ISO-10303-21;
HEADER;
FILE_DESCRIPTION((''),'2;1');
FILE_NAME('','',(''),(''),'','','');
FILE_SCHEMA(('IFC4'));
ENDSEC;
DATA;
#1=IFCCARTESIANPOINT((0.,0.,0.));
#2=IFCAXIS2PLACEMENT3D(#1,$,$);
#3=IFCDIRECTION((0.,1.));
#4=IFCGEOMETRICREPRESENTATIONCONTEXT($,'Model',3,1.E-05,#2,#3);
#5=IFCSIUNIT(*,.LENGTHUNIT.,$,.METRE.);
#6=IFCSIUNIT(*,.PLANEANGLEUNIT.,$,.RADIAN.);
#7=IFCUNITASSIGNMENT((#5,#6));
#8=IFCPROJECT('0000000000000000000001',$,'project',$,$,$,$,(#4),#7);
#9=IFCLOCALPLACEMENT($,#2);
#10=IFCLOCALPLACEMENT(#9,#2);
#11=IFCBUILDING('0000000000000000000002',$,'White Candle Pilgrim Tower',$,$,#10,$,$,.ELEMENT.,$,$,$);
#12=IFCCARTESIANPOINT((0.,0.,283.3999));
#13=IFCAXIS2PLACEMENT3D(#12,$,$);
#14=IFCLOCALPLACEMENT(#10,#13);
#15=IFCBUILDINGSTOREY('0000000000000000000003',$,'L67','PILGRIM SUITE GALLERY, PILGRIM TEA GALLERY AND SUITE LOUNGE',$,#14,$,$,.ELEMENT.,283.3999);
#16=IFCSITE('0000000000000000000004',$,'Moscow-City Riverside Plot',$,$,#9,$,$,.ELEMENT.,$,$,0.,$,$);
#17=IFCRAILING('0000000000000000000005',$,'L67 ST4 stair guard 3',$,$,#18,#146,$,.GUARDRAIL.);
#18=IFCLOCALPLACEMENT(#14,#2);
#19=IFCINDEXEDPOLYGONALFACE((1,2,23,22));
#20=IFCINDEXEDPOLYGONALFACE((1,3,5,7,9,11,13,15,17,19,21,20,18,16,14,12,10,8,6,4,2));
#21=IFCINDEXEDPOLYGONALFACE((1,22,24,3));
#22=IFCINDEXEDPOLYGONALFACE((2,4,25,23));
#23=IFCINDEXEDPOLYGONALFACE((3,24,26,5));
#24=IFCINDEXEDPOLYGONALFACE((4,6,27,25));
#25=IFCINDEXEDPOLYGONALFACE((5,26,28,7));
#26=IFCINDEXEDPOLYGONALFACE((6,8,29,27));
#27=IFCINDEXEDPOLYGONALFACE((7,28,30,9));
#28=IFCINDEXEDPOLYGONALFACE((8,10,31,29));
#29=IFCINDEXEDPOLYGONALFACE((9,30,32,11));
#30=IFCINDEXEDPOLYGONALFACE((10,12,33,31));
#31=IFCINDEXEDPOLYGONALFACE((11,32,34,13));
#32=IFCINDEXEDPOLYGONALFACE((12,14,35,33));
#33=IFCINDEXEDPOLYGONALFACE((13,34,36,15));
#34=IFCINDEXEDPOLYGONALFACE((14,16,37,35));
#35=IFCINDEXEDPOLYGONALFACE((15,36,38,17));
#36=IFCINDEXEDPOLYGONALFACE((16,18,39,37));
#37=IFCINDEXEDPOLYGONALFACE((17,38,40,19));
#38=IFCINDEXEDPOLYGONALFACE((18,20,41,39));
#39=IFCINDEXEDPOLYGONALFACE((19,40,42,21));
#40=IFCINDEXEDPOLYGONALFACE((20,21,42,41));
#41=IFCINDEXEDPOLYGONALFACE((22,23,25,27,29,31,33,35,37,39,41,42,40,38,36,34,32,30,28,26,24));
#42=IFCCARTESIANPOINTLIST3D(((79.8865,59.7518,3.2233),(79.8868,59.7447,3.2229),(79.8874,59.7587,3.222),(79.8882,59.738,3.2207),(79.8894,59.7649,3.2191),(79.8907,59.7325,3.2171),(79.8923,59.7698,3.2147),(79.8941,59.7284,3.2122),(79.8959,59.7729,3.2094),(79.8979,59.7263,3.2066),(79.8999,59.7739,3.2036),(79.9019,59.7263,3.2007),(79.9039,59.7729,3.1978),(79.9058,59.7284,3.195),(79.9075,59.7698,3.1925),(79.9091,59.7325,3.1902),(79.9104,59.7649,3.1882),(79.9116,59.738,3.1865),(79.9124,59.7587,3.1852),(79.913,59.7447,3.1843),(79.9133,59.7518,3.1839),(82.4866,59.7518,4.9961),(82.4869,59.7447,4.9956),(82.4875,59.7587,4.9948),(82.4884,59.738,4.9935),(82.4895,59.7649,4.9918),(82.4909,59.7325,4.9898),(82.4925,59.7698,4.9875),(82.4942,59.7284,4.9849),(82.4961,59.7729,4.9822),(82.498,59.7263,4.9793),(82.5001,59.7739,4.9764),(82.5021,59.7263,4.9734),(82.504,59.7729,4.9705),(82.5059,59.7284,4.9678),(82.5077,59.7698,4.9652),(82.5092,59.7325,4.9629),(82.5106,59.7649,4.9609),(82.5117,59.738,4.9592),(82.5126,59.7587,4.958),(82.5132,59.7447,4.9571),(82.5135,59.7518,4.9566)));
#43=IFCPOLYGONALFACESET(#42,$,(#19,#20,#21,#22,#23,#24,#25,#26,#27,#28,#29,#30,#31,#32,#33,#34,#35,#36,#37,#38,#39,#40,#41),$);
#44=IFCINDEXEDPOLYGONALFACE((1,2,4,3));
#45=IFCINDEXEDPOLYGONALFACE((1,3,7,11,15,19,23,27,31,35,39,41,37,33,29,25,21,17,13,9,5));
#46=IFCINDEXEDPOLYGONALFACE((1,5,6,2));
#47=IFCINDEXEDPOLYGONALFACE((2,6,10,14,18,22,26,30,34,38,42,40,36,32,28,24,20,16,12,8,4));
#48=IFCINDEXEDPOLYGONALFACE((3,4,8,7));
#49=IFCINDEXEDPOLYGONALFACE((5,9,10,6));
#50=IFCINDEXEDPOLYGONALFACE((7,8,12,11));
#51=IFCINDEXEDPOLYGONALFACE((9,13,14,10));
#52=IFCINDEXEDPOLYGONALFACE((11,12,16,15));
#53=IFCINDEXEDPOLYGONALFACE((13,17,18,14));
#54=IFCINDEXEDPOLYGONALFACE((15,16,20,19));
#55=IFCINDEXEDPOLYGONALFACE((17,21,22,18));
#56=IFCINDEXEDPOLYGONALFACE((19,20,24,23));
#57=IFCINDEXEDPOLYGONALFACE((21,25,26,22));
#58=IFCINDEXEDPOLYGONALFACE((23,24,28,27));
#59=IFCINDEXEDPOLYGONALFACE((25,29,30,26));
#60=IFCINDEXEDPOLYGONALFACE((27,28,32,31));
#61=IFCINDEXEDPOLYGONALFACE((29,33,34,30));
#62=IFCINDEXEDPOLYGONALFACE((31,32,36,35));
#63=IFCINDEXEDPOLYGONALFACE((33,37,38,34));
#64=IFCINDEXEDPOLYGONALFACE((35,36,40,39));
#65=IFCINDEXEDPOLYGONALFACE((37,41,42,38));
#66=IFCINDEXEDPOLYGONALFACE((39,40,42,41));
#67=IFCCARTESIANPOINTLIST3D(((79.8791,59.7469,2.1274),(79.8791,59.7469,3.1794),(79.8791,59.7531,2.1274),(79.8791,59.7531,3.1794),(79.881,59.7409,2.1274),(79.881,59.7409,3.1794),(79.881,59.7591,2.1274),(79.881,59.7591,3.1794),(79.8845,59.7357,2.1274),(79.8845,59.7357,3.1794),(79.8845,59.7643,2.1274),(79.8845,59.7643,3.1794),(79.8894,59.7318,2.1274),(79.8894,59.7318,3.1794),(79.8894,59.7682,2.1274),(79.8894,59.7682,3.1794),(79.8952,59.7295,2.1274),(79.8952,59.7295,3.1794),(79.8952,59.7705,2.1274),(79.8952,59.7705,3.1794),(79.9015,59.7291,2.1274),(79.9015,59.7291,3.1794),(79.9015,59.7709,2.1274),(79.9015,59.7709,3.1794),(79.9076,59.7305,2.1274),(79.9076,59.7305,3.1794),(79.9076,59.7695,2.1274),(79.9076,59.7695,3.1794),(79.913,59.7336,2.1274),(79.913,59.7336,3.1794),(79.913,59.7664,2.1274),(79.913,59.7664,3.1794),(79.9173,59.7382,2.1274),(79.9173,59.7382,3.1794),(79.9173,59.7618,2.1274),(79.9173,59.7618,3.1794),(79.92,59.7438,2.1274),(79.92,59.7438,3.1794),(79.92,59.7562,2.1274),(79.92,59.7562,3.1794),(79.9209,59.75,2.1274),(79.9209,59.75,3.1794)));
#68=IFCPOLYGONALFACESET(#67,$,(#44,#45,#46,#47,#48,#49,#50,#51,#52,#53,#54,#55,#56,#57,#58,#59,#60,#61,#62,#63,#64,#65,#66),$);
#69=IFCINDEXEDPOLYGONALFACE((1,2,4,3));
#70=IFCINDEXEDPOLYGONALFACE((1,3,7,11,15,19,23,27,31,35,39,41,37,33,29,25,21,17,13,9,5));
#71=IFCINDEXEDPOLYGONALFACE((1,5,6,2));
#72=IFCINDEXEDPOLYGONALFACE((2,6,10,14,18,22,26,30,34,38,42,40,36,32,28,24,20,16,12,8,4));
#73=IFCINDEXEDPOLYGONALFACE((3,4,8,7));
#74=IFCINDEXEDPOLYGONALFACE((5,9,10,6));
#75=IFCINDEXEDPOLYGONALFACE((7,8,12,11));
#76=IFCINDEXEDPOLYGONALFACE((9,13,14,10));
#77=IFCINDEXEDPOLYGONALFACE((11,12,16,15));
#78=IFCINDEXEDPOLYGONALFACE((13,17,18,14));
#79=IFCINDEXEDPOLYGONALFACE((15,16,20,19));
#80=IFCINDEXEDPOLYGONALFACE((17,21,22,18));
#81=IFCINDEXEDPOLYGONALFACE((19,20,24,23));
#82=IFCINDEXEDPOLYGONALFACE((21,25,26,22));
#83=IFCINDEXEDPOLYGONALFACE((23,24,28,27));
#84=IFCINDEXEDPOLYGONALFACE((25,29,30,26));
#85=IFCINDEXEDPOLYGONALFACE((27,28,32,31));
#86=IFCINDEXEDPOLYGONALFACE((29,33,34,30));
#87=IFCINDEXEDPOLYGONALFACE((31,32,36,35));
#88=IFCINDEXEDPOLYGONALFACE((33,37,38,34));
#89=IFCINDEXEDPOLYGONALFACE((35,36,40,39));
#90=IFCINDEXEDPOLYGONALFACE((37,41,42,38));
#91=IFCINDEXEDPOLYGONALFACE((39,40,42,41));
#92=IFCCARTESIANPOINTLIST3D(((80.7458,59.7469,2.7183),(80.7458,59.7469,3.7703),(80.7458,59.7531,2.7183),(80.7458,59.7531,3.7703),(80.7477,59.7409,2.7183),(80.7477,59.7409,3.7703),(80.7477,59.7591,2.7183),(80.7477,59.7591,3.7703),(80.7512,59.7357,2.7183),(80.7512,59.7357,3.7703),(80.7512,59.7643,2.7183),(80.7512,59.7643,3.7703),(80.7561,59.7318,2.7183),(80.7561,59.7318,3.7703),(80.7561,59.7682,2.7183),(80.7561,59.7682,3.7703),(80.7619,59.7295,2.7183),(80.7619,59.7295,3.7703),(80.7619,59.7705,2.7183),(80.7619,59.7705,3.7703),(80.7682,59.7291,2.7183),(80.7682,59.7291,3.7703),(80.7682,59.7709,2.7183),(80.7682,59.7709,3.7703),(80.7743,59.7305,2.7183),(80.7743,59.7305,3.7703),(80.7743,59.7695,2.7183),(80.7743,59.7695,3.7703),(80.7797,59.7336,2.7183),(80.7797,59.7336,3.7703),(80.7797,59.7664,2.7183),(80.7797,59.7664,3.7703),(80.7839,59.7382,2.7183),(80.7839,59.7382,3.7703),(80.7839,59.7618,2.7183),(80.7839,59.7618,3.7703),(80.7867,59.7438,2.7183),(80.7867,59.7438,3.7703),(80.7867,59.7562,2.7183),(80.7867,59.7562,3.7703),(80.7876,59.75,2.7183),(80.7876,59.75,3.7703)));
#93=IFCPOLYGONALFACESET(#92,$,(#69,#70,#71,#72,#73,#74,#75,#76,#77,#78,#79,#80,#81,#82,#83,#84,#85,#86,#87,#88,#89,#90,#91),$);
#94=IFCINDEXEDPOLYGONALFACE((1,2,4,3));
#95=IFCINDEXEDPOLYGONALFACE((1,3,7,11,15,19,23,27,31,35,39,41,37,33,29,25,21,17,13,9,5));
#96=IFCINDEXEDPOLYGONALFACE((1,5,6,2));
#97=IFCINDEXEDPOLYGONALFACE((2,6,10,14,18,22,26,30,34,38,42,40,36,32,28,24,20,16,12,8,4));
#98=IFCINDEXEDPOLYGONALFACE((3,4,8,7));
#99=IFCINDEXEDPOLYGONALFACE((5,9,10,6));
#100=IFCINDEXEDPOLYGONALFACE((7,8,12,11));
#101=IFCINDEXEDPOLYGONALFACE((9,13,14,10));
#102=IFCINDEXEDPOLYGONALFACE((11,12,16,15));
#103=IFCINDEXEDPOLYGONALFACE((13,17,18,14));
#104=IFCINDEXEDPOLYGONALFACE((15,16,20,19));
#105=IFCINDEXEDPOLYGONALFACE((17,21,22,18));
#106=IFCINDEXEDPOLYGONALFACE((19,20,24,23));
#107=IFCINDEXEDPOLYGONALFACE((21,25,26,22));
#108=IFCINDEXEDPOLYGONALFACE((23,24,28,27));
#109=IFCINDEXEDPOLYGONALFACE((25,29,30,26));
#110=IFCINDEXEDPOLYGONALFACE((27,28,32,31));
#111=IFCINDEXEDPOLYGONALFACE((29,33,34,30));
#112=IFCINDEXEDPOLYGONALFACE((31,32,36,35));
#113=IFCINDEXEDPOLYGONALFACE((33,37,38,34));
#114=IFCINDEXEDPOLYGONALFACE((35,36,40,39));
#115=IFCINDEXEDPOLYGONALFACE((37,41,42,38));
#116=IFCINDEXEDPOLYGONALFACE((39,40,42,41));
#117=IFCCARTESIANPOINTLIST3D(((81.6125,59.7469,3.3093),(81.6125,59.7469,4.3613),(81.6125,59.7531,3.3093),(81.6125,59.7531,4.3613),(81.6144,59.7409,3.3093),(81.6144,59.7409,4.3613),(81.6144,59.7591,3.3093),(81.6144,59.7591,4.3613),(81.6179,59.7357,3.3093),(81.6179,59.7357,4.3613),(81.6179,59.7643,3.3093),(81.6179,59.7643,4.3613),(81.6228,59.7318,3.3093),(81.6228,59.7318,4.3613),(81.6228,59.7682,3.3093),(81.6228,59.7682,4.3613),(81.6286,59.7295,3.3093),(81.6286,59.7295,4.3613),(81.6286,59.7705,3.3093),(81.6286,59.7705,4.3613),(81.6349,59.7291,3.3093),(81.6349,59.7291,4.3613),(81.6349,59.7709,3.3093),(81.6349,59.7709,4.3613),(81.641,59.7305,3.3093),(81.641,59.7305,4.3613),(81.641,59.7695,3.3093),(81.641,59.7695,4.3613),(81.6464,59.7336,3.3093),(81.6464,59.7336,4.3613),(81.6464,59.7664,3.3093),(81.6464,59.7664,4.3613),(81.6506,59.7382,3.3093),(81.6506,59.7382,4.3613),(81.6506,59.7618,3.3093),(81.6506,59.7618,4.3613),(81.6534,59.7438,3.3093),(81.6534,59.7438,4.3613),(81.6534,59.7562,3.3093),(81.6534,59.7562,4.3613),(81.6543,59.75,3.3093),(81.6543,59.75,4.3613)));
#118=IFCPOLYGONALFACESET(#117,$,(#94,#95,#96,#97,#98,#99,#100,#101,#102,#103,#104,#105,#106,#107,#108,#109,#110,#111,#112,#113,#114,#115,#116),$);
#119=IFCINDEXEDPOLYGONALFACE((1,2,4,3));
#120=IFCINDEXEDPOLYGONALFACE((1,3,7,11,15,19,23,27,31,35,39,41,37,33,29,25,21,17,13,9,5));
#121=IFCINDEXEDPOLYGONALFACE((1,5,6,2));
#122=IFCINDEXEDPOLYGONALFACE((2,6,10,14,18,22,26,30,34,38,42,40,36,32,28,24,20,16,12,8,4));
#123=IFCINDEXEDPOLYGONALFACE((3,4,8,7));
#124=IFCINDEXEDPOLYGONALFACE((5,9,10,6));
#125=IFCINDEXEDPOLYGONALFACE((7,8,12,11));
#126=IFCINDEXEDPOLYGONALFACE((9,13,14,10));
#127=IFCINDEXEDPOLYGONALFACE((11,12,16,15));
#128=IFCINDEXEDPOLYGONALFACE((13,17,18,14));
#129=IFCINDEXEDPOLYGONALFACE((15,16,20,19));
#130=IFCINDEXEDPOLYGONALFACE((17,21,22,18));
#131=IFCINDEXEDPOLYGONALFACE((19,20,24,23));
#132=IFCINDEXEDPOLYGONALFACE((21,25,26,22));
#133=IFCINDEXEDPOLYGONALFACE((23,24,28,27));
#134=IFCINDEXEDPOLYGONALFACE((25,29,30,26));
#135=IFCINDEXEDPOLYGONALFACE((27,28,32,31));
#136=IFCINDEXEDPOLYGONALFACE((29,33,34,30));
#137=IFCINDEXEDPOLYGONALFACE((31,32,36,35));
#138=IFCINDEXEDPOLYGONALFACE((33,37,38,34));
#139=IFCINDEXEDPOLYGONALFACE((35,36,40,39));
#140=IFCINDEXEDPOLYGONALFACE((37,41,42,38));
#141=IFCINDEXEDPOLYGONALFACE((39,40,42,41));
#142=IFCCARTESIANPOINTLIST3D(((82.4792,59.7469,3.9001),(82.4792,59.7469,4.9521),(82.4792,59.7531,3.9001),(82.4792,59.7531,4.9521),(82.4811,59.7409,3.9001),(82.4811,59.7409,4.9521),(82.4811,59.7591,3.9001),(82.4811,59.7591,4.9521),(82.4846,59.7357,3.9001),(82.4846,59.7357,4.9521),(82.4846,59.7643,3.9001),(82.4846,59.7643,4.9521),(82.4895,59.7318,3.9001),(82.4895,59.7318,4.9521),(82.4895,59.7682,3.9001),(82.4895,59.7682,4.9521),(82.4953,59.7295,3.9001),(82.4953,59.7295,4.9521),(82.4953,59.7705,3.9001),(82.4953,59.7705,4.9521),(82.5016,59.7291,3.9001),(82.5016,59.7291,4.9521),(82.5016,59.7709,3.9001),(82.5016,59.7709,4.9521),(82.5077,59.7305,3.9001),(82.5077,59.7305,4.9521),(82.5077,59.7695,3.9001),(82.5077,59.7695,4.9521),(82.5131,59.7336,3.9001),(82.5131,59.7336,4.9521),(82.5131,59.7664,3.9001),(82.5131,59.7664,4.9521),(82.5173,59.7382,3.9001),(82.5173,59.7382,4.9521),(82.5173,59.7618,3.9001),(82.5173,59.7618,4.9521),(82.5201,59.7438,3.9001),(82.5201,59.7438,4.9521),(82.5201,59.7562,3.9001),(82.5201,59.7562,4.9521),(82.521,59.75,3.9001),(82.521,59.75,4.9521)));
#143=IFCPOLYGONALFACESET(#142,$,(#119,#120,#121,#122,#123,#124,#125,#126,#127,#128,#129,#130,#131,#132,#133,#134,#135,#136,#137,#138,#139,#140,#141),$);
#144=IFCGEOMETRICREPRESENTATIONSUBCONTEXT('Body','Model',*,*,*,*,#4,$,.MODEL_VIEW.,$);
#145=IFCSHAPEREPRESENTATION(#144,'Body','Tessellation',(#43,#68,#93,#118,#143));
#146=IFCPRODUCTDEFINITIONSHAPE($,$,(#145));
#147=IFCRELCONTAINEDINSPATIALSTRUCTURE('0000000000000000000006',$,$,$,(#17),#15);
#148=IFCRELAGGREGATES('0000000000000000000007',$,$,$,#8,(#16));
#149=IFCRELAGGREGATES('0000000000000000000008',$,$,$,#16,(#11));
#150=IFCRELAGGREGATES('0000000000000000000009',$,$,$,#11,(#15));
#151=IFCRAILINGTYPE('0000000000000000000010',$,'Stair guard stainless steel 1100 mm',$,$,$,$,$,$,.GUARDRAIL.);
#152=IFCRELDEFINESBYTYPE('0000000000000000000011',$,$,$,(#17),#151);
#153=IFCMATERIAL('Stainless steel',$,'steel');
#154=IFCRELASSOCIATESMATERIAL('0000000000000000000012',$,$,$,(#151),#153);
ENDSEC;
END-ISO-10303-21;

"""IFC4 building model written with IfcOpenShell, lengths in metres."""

from ifc_helpers import new_model, si_unit, direction, frame, origin, origin_2d, place, context, subcontext, project, spatial, circle, extrude, material, type_object, element, save


model = new_model("IFC4")

# Units and contexts
model_context = context("Model", 3, precision=1e-05, world=origin(), true_north=direction((0.0, 1.0)))
body_context = subcontext(model_context, "Body", "Model", "MODEL_VIEW")
ifc_project = project(units=[si_unit("LENGTHUNIT", "METRE"), si_unit("PLANEANGLEUNIT", "RADIAN")], contexts=[model_context])

# Site, building, storey
site_placement = place(None, origin())
site = spatial("IfcSite", under=ifc_project, at=site_placement, Name="Moscow-City Riverside Plot", CompositionType="ELEMENT", RefElevation=0.0)
building_placement = place(site_placement, origin())
building = spatial("IfcBuilding", under=site, at=building_placement, Name="White Candle Pilgrim Tower", CompositionType="ELEMENT")
storey_placement = place(building_placement, frame((0.0, 0.0, 283.3999)))
storey = spatial("IfcBuildingStorey", under=building, at=storey_placement, Name="L67", Description="PILGRIM SUITE GALLERY, PILGRIM TEA GALLERY AND SUITE LOUNGE", CompositionType="ELEMENT", Elevation=283.3999)

# Railing
ifc_material_1 = material(Name="Stainless steel", Category="steel")
railing_type_1 = type_object("IfcRailingType", Name="Stair guard stainless steel 1100 mm", PredefinedType="GUARDRAIL", material=ifc_material_1)
railing_1_placement = place(storey_placement, frame((79.8999, 59.75, 2.1274)))
element("IfcRailing", 1, at=railing_1_placement, inside=storey, type_object=railing_type_1, Name="L67 ST4 stair guard 3", PredefinedType="GUARDRAIL", context=body_context, shape_type="SweptSolid", body=[
    extrude(circle(Radius=0.0239, at=origin_2d()), frame((0.0, 0.0, 1.0762), z_axis=(0.82624, 0.0, 0.563318), x_axis=(0.0, 1.0, 0.0)), (0.0, 0.0, 1.0), 3.147),
    extrude(circle(Radius=0.021, at=origin_2d()), origin(), (0.0, 0.0, 1.0), 1.052),
    extrude(circle(Radius=0.021, at=origin_2d()), frame((0.8667, 0.0, 0.5908)), (0.0, 0.0, 1.0), 1.052),
    extrude(circle(Radius=0.021, at=origin_2d()), frame((1.7334, 0.0, 1.1819)), (0.0, 0.0, 1.0), 1.052),
    extrude(circle(Radius=0.021, at=origin_2d()), frame((2.6001, 0.0, 1.7727)), (0.0, 0.0, 1.0), 1.052),
])

save(model, "model.ifc")
